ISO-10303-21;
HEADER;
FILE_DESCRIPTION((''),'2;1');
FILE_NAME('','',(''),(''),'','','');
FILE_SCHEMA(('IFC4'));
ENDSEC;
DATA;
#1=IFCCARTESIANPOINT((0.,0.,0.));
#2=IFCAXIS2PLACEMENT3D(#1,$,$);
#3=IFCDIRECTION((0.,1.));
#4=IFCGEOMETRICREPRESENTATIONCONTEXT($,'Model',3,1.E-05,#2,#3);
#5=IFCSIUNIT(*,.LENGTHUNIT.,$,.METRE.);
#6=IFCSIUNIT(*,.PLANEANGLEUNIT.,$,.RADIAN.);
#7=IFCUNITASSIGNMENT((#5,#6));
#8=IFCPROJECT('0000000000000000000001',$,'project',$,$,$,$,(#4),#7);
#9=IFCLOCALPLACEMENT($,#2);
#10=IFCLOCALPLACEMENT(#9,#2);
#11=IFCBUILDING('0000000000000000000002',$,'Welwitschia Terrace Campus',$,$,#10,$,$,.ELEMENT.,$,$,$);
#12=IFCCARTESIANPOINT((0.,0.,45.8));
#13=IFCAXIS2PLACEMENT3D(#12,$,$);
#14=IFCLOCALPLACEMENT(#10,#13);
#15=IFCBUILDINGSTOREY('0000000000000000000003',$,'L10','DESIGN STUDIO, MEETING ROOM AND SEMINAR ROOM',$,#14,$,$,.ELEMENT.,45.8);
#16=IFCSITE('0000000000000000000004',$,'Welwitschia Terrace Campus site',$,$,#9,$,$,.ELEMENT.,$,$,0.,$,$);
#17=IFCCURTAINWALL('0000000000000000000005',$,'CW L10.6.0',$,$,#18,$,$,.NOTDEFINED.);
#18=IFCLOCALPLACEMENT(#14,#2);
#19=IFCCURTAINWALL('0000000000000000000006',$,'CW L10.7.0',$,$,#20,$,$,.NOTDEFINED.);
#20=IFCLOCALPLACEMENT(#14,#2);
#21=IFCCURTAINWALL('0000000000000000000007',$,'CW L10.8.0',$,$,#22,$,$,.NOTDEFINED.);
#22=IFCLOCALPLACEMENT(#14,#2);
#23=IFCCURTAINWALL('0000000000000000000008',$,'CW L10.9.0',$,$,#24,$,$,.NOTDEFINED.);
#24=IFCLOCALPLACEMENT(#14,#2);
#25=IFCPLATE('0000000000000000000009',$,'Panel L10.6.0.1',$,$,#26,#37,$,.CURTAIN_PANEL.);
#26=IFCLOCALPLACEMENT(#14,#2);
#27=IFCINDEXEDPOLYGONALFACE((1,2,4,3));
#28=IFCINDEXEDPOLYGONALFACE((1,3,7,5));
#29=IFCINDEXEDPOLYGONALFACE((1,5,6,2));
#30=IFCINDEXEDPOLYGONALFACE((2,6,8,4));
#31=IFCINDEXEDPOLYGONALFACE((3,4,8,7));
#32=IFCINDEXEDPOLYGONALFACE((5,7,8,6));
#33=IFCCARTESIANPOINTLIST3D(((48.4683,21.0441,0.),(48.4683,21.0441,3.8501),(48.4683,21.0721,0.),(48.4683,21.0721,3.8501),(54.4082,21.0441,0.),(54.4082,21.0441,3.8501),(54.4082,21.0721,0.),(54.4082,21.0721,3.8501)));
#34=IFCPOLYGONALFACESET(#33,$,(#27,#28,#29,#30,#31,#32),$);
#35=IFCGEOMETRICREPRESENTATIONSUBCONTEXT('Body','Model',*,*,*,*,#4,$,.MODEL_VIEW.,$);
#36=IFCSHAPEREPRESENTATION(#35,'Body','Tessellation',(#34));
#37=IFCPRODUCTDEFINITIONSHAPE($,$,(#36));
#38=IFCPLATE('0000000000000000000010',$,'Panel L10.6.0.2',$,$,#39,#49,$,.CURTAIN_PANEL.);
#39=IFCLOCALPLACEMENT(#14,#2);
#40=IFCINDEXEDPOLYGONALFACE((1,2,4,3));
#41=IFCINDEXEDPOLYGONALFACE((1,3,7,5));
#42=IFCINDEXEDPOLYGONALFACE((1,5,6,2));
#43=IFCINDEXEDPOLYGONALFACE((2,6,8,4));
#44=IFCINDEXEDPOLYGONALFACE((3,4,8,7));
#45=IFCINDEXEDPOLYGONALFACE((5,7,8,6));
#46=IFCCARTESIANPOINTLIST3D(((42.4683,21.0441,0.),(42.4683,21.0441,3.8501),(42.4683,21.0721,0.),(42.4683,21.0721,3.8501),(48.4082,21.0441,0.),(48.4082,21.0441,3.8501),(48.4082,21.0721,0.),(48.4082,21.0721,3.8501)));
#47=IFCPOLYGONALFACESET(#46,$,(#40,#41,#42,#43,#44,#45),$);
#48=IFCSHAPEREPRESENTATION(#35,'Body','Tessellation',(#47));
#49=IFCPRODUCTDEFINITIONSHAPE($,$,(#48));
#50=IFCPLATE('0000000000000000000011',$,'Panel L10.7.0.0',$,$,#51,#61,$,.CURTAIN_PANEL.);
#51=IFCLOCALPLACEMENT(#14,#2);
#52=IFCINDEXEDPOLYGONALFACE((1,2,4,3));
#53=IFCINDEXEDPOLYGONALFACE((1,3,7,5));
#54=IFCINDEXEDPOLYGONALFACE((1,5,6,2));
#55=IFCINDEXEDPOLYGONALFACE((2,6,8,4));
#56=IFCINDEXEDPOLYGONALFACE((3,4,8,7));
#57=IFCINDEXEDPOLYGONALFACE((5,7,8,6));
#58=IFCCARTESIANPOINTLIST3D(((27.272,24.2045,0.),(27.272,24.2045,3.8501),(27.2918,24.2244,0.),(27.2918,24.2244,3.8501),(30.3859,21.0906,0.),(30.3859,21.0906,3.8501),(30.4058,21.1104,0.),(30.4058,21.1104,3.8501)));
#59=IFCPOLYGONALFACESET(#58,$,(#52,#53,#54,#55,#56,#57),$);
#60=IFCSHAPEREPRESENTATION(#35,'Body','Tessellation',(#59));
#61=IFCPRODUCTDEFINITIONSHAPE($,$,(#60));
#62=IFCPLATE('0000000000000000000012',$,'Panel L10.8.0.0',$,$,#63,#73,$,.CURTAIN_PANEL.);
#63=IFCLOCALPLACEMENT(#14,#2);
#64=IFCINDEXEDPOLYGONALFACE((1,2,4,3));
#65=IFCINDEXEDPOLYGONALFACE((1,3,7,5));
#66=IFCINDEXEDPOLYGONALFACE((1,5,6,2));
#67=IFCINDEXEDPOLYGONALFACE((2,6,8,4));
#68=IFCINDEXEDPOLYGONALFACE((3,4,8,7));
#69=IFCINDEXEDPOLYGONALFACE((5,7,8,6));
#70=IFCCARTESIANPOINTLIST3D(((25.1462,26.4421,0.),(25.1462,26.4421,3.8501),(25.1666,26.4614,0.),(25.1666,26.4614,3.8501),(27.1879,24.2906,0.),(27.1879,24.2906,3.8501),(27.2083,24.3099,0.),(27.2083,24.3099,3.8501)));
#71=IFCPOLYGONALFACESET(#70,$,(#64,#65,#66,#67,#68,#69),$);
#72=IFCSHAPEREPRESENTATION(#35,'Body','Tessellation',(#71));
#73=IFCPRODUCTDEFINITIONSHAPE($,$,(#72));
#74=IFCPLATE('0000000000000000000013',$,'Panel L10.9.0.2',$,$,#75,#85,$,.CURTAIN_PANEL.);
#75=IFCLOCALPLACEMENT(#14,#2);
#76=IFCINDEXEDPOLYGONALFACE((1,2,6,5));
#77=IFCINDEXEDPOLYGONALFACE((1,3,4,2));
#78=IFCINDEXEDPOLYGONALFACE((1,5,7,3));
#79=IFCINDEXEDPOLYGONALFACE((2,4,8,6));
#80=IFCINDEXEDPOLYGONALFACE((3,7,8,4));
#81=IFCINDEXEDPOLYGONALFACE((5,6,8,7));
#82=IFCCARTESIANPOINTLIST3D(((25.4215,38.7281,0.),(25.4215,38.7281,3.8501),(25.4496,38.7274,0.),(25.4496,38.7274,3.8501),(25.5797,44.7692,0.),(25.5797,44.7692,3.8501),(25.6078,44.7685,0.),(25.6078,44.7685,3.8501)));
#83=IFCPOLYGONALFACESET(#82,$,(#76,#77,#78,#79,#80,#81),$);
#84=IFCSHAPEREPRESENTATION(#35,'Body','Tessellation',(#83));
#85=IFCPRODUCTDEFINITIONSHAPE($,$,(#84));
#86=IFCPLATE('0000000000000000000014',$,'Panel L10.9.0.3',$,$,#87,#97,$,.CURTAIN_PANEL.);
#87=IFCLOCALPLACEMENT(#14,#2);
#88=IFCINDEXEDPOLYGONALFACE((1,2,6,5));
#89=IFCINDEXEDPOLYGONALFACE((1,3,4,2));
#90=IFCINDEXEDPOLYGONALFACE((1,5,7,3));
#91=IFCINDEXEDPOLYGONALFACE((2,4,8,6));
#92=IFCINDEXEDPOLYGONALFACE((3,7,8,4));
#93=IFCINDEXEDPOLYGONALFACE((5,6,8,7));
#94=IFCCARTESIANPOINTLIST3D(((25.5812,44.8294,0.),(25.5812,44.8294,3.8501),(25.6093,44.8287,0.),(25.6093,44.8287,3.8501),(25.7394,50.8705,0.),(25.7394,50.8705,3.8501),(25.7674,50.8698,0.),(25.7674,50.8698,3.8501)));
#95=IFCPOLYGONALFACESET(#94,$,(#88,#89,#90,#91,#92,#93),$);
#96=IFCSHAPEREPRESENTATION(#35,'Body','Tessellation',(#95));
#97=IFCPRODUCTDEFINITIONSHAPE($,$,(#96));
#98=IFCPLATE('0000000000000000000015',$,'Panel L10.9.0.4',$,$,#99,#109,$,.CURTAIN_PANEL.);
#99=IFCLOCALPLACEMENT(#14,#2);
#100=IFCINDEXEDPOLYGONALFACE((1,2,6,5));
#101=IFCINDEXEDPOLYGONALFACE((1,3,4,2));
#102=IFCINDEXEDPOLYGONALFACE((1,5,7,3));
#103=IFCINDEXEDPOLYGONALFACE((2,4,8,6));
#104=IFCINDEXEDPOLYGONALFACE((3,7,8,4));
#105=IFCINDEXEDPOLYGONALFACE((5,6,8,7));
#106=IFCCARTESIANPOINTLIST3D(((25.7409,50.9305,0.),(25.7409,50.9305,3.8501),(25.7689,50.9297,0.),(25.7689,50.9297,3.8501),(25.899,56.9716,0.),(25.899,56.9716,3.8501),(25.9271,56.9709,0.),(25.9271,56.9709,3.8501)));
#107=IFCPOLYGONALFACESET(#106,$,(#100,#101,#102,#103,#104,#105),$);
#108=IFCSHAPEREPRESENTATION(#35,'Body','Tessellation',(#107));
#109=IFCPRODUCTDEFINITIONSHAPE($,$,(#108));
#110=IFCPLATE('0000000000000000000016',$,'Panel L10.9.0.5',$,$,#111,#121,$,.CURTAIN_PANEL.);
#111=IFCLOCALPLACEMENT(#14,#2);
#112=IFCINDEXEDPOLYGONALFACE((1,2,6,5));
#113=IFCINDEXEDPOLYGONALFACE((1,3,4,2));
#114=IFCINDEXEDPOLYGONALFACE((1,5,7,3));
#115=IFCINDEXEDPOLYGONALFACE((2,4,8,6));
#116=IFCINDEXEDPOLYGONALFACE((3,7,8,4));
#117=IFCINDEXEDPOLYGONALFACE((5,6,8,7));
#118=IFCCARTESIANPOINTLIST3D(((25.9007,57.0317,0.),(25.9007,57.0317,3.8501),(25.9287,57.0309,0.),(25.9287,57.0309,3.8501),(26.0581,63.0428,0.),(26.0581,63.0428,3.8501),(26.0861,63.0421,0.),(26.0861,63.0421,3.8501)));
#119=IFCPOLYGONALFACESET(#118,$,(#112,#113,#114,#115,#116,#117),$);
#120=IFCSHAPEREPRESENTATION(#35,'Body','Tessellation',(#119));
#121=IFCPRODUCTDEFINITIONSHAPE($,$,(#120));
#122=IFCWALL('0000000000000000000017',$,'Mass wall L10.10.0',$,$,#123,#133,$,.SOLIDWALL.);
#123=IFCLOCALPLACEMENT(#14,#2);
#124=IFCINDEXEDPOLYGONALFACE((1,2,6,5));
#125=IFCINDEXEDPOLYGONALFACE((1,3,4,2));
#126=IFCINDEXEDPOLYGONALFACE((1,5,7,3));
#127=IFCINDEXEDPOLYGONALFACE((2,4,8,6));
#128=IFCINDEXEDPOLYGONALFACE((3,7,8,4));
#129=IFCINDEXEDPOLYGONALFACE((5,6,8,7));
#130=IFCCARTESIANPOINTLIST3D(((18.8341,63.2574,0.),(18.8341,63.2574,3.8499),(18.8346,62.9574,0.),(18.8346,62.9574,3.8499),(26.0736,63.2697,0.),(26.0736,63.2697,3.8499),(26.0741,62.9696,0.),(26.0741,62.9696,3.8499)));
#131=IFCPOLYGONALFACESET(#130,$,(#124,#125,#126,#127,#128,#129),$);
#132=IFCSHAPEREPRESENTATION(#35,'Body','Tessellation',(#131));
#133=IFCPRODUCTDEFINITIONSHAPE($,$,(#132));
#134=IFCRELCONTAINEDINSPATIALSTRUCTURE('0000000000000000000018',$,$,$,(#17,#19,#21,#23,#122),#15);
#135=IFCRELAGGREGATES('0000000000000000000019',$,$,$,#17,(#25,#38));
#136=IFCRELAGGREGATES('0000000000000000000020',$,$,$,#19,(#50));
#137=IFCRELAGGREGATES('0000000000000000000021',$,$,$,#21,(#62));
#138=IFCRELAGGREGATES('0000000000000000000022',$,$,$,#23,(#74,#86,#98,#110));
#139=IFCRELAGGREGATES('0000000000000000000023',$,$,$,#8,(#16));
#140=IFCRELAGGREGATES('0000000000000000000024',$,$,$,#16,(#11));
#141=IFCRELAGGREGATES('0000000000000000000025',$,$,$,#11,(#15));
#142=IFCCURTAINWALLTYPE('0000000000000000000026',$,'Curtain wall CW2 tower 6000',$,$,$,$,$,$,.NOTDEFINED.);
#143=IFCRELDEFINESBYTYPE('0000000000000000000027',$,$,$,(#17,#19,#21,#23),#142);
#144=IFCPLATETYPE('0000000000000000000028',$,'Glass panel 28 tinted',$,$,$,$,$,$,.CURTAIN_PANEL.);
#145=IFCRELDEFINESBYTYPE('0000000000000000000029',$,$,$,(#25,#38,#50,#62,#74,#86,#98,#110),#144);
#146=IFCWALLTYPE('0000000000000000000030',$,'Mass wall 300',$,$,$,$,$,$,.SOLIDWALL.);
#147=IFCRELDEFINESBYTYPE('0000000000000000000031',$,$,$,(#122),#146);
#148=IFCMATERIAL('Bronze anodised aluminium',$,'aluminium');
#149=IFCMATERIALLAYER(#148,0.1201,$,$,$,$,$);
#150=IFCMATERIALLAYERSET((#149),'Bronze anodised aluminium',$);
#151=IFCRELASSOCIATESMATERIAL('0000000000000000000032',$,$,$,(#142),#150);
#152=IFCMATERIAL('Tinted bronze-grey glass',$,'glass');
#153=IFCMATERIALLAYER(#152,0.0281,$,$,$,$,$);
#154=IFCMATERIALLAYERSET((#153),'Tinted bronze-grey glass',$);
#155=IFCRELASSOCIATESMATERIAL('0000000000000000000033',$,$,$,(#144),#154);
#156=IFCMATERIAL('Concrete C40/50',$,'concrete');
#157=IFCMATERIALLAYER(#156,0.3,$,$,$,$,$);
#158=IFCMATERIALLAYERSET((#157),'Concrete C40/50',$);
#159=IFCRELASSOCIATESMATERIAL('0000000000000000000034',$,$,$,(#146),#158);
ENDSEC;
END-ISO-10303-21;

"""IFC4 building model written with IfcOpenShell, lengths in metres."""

from ifc_helpers import new_model, si_unit, direction, frame, frame_2d, origin, origin_2d, place, context, subcontext, project, spatial, rectangle, extrude, material, layer, layer_set, type_object, element, aggregate, save


model = new_model("IFC4")

# Units and contexts
model_context = context("Model", 3, precision=1e-05, world=origin(), true_north=direction((0.0, 1.0)))
body_context = subcontext(model_context, "Body", "Model", "MODEL_VIEW")
ifc_project = project(units=[si_unit("LENGTHUNIT", "METRE"), si_unit("PLANEANGLEUNIT", "RADIAN")], contexts=[model_context])

# Site, building, storey
site_placement = place(None, origin())
site = spatial("IfcSite", under=ifc_project, at=site_placement, Name="Welwitschia Terrace Campus site", CompositionType="ELEMENT", RefElevation=0.0)
building_placement = place(site_placement, origin())
building = spatial("IfcBuilding", under=site, at=building_placement, Name="Welwitschia Terrace Campus", CompositionType="ELEMENT")
storey_placement = place(building_placement, frame((0.0, 0.0, 45.8)))
storey = spatial("IfcBuildingStorey", under=building, at=storey_placement, Name="L10", Description="DESIGN STUDIO, MEETING ROOM AND SEMINAR ROOM", CompositionType="ELEMENT", Elevation=45.8)

# Curtain walls
ifc_material_1 = material(Name="Bronze anodised aluminium", Category="aluminium")
ifc_layer_1 = layer(ifc_material_1, 0.1201)
ifc_layer_set_1 = layer_set([ifc_layer_1], Name="Bronze anodised aluminium")
curtain_wall_type = type_object("IfcCurtainWallType", Name="Curtain wall CW2 tower 6000", PredefinedType="NOTDEFINED", material=ifc_layer_set_1)
curtain_wall_1_placement = place(storey_placement, origin())
curtain_wall_1 = element("IfcCurtainWall", 1, at=curtain_wall_1_placement, inside=storey, type_object=curtain_wall_type, Name="CW L10.6.0", PredefinedType="NOTDEFINED")
curtain_wall_2_placement = place(storey_placement, origin())
curtain_wall_2 = element("IfcCurtainWall", 2, at=curtain_wall_2_placement, inside=storey, type_object=curtain_wall_type, Name="CW L10.7.0", PredefinedType="NOTDEFINED")

# Curtain wall
curtain_wall_3_placement = place(storey_placement, origin())
curtain_wall_3 = element("IfcCurtainWall", 3, at=curtain_wall_3_placement, inside=storey, type_object=curtain_wall_type, Name="CW L10.8.0", PredefinedType="NOTDEFINED")

# Curtain wall
curtain_wall_4_placement = place(storey_placement, origin())
curtain_wall_4 = element("IfcCurtainWall", 4, at=curtain_wall_4_placement, inside=storey, type_object=curtain_wall_type, Name="CW L10.9.0", PredefinedType="NOTDEFINED")

# Plates
ifc_material_2 = material(Name="Tinted bronze-grey glass", Category="glass")
ifc_layer_2 = layer(ifc_material_2, 0.0281)
ifc_layer_set_2 = layer_set([ifc_layer_2], Name="Tinted bronze-grey glass")
plate_type = type_object("IfcPlateType", Name="Glass panel 28 tinted", PredefinedType="CURTAIN_PANEL", material=ifc_layer_set_2)
plate_1_placement = place(storey_placement, frame((51.4382, 21.0581, 0.0), z_axis=(0.0, 0.0, 1.0), x_axis=(-1.0, 0.0, 0.0)))
plate_1 = element("IfcPlate", 5, at=plate_1_placement, type_object=plate_type, Name="Panel L10.6.0.1", PredefinedType="CURTAIN_PANEL", context=body_context, shape_type="SweptSolid", body=[
    extrude(rectangle(XDim=5.9399, YDim=0.0281, at=origin_2d()), origin(), (0.0, 0.0, 1.0), 3.8501),
])
plate_2_placement = place(storey_placement, frame((45.4382, 21.0581, 0.0), z_axis=(0.0, 0.0, 1.0), x_axis=(-1.0, 0.0, 0.0)))
plate_2 = element("IfcPlate", 6, at=plate_2_placement, type_object=plate_type, Name="Panel L10.6.0.2", PredefinedType="CURTAIN_PANEL", context=body_context, shape_type="SweptSolid", body=[
    extrude(rectangle(XDim=5.9399, YDim=0.0281, at=origin_2d()), origin(), (0.0, 0.0, 1.0), 3.8501),
])
aggregate(curtain_wall_1, [plate_1, plate_2])
plate_3_placement = place(storey_placement, frame((28.8389, 22.6575, 0.0), z_axis=(0.0, 0.0, 1.0), x_axis=(-0.707107, 0.707107, 0.0)))
plate_3 = element("IfcPlate", 7, at=plate_3_placement, type_object=plate_type, Name="Panel L10.7.0.0", PredefinedType="CURTAIN_PANEL", context=body_context, shape_type="SweptSolid", body=[
    extrude(rectangle(XDim=4.4038, YDim=0.0281, at=origin_2d()), origin(), (0.0, 0.0, 1.0), 3.8501),
])
aggregate(curtain_wall_2, [plate_3])
plate_4_placement = place(storey_placement, frame((26.1772, 25.376, 0.0), z_axis=(0.0, 0.0, 1.0), x_axis=(-0.688355, 0.725374, 0.0)))
plate_4 = element("IfcPlate", 8, at=plate_4_placement, type_object=plate_type, Name="Panel L10.8.0.0", PredefinedType="CURTAIN_PANEL", context=body_context, shape_type="SweptSolid", body=[
    extrude(rectangle(XDim=2.9661, YDim=0.0281, at=origin_2d()), origin(), (0.0, 0.0, 1.0), 3.8501),
])
aggregate(curtain_wall_3, [plate_4])
plate_5_placement = place(storey_placement, frame((25.5146, 41.7483, 0.0), z_axis=(0.0, 0.0, 1.0), x_axis=(0.026177, 0.999657, 0.0)))
plate_5 = element("IfcPlate", 9, at=plate_5_placement, type_object=plate_type, Name="Panel L10.9.0.2", PredefinedType="CURTAIN_PANEL", context=body_context, shape_type="SweptSolid", body=[
    extrude(rectangle(XDim=6.0432, YDim=0.0281, at=origin_2d()), origin(), (0.0, 0.0, 1.0), 3.8501),
])
plate_6_placement = place(storey_placement, frame((25.6743, 47.8496, 0.0), z_axis=(0.0, 0.0, 1.0), x_axis=(0.026177, 0.999657, 0.0)))
plate_6 = element("IfcPlate", 10, at=plate_6_placement, type_object=plate_type, Name="Panel L10.9.0.3", PredefinedType="CURTAIN_PANEL", context=body_context, shape_type="SweptSolid", body=[
    extrude(rectangle(XDim=6.0432, YDim=0.0281, at=origin_2d()), origin(), (0.0, 0.0, 1.0), 3.8501),
])
plate_7_placement = place(storey_placement, frame((25.834, 53.9507, 0.0), z_axis=(0.0, 0.0, 1.0), x_axis=(0.026177, 0.999657, 0.0)))
plate_7 = element("IfcPlate", 11, at=plate_7_placement, type_object=plate_type, Name="Panel L10.9.0.4", PredefinedType="CURTAIN_PANEL", context=body_context, shape_type="SweptSolid", body=[
    extrude(rectangle(XDim=6.0432, YDim=0.0281, at=origin_2d()), origin(), (0.0, 0.0, 1.0), 3.8501),
])
plate_8_placement = place(storey_placement, frame((25.9934, 60.0369, 0.0), z_axis=(0.0, 0.0, 1.0), x_axis=(0.026177, 0.999657, 0.0)))
plate_8 = element("IfcPlate", 12, at=plate_8_placement, type_object=plate_type, Name="Panel L10.9.0.5", PredefinedType="CURTAIN_PANEL", context=body_context, shape_type="SweptSolid", body=[
    extrude(rectangle(XDim=6.0132, YDim=0.0281, at=origin_2d()), origin(), (0.0, 0.0, 1.0), 3.8501),
])
aggregate(curtain_wall_4, [plate_5, plate_6, plate_7, plate_8])

# Wall
ifc_material_3 = material(Name="Concrete C40/50", Category="concrete")
ifc_layer_3 = layer(ifc_material_3, 0.3)
ifc_layer_set_3 = layer_set([ifc_layer_3], Name="Concrete C40/50")
wall_type = type_object("IfcWallType", Name="Mass wall 300", PredefinedType="SOLIDWALL", material=ifc_layer_set_3)
wall_placement = place(storey_placement, frame((26.0737, 63.1196, 0.0), z_axis=(0.0, 0.0, 1.0), x_axis=(-0.999999, -0.001686, 0.0)))
element("IfcWall", 13, at=wall_placement, inside=storey, type_object=wall_type, Name="Mass wall L10.10.0", PredefinedType="SOLIDWALL", context=body_context, shape_type="SweptSolid", body=[
    extrude(rectangle(XDim=7.2395, YDim=0.3, at=frame_2d((3.6196, 0.0))), origin(), (0.0, 0.0, 1.0), 3.8499),
])

save(model, "model.ifc")
